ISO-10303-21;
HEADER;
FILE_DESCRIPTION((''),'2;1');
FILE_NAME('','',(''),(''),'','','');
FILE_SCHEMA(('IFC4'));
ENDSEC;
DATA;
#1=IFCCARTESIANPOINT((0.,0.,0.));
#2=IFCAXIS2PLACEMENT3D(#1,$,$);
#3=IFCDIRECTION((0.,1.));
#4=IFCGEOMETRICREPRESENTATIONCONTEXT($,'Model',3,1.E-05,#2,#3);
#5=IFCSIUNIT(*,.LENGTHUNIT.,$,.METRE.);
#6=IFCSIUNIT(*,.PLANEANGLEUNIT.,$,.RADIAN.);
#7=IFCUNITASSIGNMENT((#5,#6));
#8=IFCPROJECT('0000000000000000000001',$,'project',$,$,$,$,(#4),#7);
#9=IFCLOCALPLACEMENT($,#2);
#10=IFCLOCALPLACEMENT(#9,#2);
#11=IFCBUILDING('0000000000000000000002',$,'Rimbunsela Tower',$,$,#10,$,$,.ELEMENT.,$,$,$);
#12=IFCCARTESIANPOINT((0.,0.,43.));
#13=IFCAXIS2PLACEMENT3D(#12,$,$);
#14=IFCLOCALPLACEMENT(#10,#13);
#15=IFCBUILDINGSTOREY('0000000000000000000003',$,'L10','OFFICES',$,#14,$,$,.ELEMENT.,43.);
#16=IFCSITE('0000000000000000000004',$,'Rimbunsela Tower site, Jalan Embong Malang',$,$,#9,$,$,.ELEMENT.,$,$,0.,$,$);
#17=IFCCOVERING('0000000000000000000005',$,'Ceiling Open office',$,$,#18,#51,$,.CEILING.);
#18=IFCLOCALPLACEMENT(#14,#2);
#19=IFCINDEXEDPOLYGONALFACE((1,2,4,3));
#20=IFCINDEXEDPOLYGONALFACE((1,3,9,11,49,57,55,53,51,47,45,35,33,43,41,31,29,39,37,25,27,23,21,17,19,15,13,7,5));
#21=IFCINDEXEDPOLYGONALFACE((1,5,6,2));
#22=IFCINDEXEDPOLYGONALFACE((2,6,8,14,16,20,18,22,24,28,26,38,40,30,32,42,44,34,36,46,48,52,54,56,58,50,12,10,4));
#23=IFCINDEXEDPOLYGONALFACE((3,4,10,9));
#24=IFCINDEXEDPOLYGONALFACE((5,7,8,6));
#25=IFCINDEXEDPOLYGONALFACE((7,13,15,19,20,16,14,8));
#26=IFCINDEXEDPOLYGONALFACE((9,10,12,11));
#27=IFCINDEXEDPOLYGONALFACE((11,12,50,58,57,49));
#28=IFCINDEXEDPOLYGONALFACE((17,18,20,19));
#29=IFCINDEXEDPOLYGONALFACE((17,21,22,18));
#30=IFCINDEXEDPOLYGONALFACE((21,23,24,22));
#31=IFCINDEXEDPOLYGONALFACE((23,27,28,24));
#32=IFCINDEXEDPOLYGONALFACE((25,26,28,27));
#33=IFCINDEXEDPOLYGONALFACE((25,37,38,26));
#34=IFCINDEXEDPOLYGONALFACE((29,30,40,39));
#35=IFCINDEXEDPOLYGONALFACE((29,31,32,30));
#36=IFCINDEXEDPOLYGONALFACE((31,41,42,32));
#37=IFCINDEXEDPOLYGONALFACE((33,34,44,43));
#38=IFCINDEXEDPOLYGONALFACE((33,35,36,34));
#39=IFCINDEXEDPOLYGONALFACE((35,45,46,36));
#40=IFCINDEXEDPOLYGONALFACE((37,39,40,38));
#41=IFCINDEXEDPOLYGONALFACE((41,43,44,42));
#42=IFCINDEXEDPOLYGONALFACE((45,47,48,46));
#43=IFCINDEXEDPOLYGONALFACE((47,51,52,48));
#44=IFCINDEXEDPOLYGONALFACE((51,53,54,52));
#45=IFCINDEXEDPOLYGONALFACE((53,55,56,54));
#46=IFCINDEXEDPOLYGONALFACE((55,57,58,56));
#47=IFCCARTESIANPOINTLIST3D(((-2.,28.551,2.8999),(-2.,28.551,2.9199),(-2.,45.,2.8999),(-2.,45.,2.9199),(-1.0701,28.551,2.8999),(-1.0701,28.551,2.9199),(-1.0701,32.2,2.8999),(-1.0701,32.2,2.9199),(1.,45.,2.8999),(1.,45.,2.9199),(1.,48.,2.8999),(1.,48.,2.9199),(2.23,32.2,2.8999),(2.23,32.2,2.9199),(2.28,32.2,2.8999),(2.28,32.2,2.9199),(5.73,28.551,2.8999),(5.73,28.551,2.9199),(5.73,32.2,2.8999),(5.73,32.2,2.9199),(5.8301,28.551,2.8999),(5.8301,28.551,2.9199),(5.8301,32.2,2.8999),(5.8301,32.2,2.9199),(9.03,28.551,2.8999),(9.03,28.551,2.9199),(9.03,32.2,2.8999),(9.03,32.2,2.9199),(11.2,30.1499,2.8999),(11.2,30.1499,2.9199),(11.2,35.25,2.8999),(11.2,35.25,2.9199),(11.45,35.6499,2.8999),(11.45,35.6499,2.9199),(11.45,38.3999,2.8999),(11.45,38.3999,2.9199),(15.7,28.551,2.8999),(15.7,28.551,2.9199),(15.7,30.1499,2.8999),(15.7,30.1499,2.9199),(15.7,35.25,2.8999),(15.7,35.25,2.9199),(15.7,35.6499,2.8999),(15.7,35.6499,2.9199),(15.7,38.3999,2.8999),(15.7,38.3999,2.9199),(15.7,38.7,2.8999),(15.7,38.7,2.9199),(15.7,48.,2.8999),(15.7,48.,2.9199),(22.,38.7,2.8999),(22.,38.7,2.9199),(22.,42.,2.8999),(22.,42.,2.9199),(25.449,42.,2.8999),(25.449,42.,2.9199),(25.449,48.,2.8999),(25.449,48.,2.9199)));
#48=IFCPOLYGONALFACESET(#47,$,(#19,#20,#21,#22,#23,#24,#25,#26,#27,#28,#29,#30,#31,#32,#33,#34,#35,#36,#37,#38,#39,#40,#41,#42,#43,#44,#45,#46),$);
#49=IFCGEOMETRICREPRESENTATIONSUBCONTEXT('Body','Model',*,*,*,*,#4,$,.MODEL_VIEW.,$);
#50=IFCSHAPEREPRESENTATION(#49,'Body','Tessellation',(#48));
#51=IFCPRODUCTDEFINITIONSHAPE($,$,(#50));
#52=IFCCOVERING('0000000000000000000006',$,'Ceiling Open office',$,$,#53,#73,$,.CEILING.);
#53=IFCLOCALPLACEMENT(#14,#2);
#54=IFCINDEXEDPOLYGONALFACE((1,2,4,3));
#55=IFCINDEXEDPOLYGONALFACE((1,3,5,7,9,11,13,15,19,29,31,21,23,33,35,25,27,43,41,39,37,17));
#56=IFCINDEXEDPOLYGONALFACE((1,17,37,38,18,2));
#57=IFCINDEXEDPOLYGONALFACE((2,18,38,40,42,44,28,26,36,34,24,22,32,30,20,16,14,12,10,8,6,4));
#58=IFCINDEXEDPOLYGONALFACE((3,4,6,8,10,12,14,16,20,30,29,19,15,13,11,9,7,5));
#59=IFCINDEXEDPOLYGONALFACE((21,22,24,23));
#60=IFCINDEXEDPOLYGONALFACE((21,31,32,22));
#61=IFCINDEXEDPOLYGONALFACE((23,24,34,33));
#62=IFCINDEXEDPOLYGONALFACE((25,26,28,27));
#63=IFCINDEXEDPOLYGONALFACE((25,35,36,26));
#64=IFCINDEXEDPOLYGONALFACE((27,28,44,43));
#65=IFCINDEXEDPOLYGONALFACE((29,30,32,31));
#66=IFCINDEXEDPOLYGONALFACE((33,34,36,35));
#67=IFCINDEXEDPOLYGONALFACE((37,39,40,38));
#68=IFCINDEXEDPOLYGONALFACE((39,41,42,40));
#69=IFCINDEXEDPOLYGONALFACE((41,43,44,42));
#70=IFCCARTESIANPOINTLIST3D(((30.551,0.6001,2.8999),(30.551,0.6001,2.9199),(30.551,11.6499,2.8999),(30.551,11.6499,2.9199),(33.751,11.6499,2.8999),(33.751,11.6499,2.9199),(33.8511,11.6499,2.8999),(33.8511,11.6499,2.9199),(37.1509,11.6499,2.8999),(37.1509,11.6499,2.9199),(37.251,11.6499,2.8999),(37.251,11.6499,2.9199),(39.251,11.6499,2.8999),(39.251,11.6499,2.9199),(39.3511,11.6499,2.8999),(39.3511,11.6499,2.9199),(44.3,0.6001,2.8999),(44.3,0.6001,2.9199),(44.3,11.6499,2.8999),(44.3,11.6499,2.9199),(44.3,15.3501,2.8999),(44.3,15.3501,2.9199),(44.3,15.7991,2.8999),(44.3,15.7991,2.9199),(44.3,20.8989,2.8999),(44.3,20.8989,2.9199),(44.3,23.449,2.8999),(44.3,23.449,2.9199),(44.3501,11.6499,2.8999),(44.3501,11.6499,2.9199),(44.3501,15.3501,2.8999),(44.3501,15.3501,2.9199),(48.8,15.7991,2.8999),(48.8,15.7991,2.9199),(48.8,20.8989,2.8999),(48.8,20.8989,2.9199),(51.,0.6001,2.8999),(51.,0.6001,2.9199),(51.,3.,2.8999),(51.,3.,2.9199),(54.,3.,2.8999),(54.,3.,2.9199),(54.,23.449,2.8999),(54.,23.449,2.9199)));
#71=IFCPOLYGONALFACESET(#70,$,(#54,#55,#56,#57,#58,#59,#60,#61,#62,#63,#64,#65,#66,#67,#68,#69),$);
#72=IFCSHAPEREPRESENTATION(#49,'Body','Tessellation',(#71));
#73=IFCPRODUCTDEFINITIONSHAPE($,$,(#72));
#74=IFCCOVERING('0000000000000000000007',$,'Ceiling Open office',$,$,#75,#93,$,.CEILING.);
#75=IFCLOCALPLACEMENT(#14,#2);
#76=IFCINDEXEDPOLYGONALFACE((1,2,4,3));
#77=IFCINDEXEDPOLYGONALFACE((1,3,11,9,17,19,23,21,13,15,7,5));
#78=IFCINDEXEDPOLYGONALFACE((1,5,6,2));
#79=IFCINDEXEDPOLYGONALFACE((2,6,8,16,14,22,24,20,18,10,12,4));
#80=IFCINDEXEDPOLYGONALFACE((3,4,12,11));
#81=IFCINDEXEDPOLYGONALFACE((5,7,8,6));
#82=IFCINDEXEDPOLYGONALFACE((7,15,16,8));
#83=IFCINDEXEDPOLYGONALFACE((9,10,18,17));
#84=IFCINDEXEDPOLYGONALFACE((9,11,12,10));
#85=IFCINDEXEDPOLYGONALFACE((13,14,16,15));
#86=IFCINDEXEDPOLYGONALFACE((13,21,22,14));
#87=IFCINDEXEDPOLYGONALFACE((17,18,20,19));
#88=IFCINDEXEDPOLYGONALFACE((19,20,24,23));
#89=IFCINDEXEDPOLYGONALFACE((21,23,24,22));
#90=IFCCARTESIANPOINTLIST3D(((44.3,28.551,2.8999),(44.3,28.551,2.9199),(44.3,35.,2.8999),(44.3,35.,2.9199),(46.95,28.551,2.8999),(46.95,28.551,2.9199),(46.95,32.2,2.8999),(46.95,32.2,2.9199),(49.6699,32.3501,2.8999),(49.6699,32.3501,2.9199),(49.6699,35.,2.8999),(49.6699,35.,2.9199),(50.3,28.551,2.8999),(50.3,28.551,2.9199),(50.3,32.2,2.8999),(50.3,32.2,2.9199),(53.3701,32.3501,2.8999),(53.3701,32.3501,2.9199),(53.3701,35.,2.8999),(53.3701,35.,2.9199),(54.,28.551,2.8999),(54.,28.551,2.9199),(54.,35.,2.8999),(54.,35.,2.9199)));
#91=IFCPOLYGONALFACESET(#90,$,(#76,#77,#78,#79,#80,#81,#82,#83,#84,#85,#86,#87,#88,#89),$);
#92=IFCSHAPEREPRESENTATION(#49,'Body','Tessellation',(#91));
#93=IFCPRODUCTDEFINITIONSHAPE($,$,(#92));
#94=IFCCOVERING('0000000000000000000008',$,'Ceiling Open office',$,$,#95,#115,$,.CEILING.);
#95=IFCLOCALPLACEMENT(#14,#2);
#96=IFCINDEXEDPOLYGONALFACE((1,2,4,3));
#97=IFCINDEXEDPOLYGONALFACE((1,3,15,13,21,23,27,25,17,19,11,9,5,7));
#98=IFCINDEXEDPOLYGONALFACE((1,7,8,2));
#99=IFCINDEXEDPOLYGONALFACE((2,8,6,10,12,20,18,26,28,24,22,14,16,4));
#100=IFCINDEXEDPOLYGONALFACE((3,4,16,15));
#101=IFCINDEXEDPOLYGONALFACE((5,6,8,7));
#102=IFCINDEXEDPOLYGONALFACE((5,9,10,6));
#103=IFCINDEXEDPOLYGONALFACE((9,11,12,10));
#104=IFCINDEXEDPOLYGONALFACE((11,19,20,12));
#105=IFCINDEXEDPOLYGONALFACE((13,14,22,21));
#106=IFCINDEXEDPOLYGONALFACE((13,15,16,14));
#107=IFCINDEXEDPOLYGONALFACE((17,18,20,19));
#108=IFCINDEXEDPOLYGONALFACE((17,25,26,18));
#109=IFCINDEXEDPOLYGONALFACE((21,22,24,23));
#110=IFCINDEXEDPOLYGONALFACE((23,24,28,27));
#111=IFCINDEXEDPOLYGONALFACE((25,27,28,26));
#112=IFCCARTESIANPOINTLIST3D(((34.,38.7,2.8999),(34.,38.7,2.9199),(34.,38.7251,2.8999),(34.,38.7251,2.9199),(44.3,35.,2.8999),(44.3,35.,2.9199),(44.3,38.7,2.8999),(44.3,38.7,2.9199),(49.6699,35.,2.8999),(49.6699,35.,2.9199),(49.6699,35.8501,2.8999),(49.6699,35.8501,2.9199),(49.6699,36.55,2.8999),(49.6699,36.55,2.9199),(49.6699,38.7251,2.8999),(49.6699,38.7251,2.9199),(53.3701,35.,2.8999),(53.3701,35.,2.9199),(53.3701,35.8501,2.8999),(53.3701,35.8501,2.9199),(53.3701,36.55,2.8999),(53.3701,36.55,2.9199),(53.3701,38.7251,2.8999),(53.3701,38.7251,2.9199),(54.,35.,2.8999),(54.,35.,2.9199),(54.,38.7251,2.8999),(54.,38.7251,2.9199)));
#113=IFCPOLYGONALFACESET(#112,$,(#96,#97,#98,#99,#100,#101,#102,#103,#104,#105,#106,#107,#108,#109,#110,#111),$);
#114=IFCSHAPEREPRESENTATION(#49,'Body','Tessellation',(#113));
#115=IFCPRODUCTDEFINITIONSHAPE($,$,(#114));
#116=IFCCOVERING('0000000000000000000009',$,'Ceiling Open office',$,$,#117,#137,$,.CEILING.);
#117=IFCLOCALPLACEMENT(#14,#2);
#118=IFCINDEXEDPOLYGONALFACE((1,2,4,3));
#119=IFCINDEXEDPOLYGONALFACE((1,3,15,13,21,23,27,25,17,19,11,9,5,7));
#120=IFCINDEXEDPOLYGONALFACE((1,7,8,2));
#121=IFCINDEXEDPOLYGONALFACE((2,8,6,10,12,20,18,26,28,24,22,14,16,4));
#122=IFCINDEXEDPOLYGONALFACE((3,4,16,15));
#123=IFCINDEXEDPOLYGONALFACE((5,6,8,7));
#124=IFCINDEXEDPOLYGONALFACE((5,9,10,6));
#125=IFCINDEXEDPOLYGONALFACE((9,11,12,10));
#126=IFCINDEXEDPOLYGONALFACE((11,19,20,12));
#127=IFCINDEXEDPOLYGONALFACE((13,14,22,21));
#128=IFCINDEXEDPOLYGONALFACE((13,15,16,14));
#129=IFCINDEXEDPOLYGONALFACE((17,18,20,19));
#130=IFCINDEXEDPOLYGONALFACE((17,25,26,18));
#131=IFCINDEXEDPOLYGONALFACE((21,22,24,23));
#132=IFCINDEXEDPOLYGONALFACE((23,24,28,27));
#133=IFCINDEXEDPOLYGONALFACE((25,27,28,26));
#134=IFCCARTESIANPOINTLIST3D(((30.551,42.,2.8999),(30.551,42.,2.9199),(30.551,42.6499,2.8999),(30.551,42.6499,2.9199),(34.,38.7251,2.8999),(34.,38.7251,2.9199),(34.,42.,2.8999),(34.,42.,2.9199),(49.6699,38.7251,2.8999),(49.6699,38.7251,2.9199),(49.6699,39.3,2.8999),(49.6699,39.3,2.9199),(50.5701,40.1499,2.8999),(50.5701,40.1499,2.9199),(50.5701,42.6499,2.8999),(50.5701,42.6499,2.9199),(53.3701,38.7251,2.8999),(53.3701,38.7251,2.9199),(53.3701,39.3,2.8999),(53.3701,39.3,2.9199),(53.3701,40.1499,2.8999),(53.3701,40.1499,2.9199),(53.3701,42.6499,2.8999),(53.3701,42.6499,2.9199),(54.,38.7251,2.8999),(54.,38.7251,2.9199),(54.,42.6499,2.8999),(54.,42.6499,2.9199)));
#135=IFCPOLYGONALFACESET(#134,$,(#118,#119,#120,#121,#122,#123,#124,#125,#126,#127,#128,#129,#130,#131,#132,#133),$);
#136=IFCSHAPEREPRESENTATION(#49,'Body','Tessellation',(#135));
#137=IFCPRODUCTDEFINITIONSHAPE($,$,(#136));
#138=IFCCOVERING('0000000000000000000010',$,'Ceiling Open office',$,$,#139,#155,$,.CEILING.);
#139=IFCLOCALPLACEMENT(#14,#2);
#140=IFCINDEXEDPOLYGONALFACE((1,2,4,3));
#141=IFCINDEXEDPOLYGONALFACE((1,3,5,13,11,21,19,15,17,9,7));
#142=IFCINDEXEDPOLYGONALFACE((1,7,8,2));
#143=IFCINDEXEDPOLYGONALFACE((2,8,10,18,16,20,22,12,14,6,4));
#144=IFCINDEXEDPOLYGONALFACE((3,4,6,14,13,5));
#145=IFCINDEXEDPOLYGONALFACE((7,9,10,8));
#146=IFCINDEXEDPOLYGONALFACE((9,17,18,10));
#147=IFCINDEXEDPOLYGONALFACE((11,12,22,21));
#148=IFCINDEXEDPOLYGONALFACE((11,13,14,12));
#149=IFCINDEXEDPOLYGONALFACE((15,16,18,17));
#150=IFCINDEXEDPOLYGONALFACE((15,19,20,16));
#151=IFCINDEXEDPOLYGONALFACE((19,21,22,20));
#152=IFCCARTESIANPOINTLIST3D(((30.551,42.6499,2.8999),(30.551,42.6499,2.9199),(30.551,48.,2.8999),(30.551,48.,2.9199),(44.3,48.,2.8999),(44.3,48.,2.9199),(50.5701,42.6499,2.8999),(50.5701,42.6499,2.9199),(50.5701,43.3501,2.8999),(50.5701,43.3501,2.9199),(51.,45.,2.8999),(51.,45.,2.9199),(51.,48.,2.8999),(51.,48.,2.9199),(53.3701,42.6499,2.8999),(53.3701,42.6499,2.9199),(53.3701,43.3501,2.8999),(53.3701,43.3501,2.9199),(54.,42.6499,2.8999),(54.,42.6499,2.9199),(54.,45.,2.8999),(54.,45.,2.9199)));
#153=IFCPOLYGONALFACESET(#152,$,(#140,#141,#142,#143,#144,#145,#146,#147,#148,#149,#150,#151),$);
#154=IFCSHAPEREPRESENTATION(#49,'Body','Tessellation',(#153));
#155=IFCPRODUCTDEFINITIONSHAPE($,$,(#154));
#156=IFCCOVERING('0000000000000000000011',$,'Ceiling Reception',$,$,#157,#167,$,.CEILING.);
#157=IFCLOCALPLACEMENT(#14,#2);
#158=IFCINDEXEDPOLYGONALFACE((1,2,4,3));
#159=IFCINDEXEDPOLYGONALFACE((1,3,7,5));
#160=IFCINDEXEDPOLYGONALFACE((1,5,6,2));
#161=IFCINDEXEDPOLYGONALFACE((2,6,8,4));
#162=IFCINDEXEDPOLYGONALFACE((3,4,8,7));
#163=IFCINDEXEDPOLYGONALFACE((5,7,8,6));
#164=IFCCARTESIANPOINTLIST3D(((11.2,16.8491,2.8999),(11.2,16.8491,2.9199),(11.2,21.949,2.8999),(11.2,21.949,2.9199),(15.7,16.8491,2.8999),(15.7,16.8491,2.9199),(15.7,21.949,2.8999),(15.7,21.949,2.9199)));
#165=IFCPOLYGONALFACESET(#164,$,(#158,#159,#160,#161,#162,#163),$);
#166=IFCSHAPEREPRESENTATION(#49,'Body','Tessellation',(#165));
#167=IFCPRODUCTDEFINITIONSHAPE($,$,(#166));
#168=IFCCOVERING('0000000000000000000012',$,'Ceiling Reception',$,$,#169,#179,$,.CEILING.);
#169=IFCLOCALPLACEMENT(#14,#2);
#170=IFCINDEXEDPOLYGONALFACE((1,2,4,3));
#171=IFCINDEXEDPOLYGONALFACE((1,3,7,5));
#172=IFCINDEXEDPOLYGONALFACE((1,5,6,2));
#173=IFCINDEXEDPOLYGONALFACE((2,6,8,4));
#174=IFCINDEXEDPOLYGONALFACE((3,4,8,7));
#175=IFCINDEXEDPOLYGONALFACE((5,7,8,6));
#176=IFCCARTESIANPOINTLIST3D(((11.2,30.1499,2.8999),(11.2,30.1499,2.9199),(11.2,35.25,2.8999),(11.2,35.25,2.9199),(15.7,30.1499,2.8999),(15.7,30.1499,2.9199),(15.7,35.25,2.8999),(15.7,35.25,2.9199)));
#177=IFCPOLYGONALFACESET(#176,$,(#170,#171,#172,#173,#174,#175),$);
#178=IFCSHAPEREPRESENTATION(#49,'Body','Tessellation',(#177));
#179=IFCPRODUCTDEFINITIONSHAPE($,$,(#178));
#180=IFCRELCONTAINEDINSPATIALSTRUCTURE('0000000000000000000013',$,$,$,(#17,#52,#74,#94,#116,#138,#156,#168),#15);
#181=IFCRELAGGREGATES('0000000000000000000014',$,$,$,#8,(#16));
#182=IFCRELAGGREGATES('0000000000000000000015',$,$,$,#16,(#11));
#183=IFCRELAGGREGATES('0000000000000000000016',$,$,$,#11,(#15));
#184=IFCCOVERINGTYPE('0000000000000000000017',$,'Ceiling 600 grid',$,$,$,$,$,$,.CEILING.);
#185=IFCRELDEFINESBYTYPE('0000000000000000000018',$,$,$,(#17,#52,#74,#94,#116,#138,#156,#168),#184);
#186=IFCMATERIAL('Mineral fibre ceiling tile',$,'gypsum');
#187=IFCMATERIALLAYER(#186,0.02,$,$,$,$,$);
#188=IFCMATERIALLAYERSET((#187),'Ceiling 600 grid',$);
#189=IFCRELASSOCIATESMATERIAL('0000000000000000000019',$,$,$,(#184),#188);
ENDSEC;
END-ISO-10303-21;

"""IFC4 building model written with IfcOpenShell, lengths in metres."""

from ifc_helpers import new_model, si_unit, direction, frame, origin, place, context, subcontext, project, spatial, polyline, outline, extrude, material, layer, layer_set, type_object, element, save


model = new_model("IFC4")

# Units and contexts
model_context = context("Model", 3, precision=1e-05, world=origin(), true_north=direction((0.0, 1.0)))
body_context = subcontext(model_context, "Body", "Model", "MODEL_VIEW")
ifc_project = project(units=[si_unit("LENGTHUNIT", "METRE"), si_unit("PLANEANGLEUNIT", "RADIAN")], contexts=[model_context])

# Site, building, storey
site_placement = place(None, origin())
site = spatial("IfcSite", under=ifc_project, at=site_placement, Name="Rimbunsela Tower site, Jalan Embong Malang", CompositionType="ELEMENT", RefElevation=0.0)
building_placement = place(site_placement, origin())
building = spatial("IfcBuilding", under=site, at=building_placement, Name="Rimbunsela Tower", CompositionType="ELEMENT")
storey_placement = place(building_placement, frame((0.0, 0.0, 43.0)))
storey = spatial("IfcBuildingStorey", under=building, at=storey_placement, Name="L10", Description="OFFICES", CompositionType="ELEMENT", Elevation=43.0)

# Coverings
ifc_material_1 = material(Name="Mineral fibre ceiling tile", Category="gypsum")
ifc_layer_1 = layer(ifc_material_1, 0.02)
ifc_layer_set_1 = layer_set([ifc_layer_1], Name="Ceiling 600 grid")
covering_type_1 = type_object("IfcCoveringType", Name="Ceiling 600 grid", PredefinedType="CEILING", material=ifc_layer_set_1)
covering_1_placement = place(storey_placement, frame((0.0, 0.0, 2.8999)))
element("IfcCovering", 1, at=covering_1_placement, inside=storey, type_object=covering_type_1, Name="Ceiling Open office", PredefinedType="CEILING", context=body_context, shape_type="SweptSolid", body=[
    extrude(outline(polyline([(11.45, 35.6499), (15.7, 35.6499), (15.7, 35.25), (11.2, 35.25), (11.2, 30.1499), (15.7, 30.1499), (15.7, 28.551), (9.03, 28.551), (9.03, 32.2), (5.8301, 32.2), (5.8301, 28.551), (5.73, 28.551), (5.73, 32.2), (2.28, 32.2), (2.23, 32.2), (-1.0701, 32.2), (-1.0701, 28.551), (-2.0, 28.551), (-2.0, 45.0), (1.0, 45.0), (1.0, 48.0), (15.7, 48.0), (25.449, 48.0), (25.449, 42.0), (22.0, 42.0), (22.0, 38.7), (15.7, 38.7), (15.7, 38.3999), (11.45, 38.3999), (11.45, 35.6499)])), origin(), (0.0, 0.0, 1.0), 0.02),
])
covering_2_placement = place(storey_placement, frame((0.0, 0.0, 2.8999)))
element("IfcCovering", 2, at=covering_2_placement, inside=storey, type_object=covering_type_1, Name="Ceiling Open office", PredefinedType="CEILING", context=body_context, shape_type="SweptSolid", body=[
    extrude(outline(polyline([(33.8511, 11.6499), (37.1509, 11.6499), (37.251, 11.6499), (39.251, 11.6499), (39.3511, 11.6499), (44.3, 11.6499), (44.3501, 11.6499), (44.3501, 15.3501), (44.3, 15.3501), (44.3, 15.7991), (48.8, 15.7991), (48.8, 20.8989), (44.3, 20.8989), (44.3, 23.449), (54.0, 23.449), (54.0, 3.0), (51.0, 3.0), (51.0, 0.6001), (44.3, 0.6001), (30.551, 0.6001), (30.551, 11.6499), (33.751, 11.6499), (33.8511, 11.6499)])), origin(), (0.0, 0.0, 1.0), 0.02),
])
covering_3_placement = place(storey_placement, frame((0.0, 0.0, 2.8999)))
element("IfcCovering", 3, at=covering_3_placement, inside=storey, type_object=covering_type_1, Name="Ceiling Open office", PredefinedType="CEILING", context=body_context, shape_type="SweptSolid", body=[
    extrude(outline(polyline([(46.95, 32.2), (46.95, 28.551), (44.3, 28.551), (44.3, 35.0), (49.6699, 35.0), (49.6699, 32.3501), (53.3701, 32.3501), (53.3701, 35.0), (54.0, 35.0), (54.0, 28.551), (50.3, 28.551), (50.3, 32.2), (46.95, 32.2)])), origin(), (0.0, 0.0, 1.0), 0.02),
])
covering_4_placement = place(storey_placement, frame((0.0, 0.0, 2.8999)))
element("IfcCovering", 4, at=covering_4_placement, inside=storey, type_object=covering_type_1, Name="Ceiling Open office", PredefinedType="CEILING", context=body_context, shape_type="SweptSolid", body=[
    extrude(outline(polyline([(44.3, 35.0), (44.3, 38.7), (34.0, 38.7), (34.0, 38.7251), (49.6699, 38.7251), (49.6699, 36.55), (53.3701, 36.55), (53.3701, 38.7251), (54.0, 38.7251), (54.0, 35.0), (53.3701, 35.0), (53.3701, 35.8501), (49.6699, 35.8501), (49.6699, 35.0), (44.3, 35.0)])), origin(), (0.0, 0.0, 1.0), 0.02),
])
covering_5_placement = place(storey_placement, frame((0.0, 0.0, 2.8999)))
element("IfcCovering", 5, at=covering_5_placement, inside=storey, type_object=covering_type_1, Name="Ceiling Open office", PredefinedType="CEILING", context=body_context, shape_type="SweptSolid", body=[
    extrude(outline(polyline([(34.0, 38.7251), (34.0, 42.0), (30.551, 42.0), (30.551, 42.6499), (50.5701, 42.6499), (50.5701, 40.1499), (53.3701, 40.1499), (53.3701, 42.6499), (54.0, 42.6499), (54.0, 38.7251), (53.3701, 38.7251), (53.3701, 39.3), (49.6699, 39.3), (49.6699, 38.7251), (34.0, 38.7251)])), origin(), (0.0, 0.0, 1.0), 0.02),
])
covering_6_placement = place(storey_placement, frame((0.0, 0.0, 2.8999)))
element("IfcCovering", 6, at=covering_6_placement, inside=storey, type_object=covering_type_1, Name="Ceiling Open office", PredefinedType="CEILING", context=body_context, shape_type="SweptSolid", body=[
    extrude(outline(polyline([(30.551, 42.6499), (30.551, 48.0), (44.3, 48.0), (51.0, 48.0), (51.0, 45.0), (54.0, 45.0), (54.0, 42.6499), (53.3701, 42.6499), (53.3701, 43.3501), (50.5701, 43.3501), (50.5701, 42.6499), (30.551, 42.6499)])), origin(), (0.0, 0.0, 1.0), 0.02),
])
covering_7_placement = place(storey_placement, frame((0.0, 0.0, 2.8999)))
element("IfcCovering", 7, at=covering_7_placement, inside=storey, type_object=covering_type_1, Name="Ceiling Reception", PredefinedType="CEILING", context=body_context, shape_type="SweptSolid", body=[
    extrude(outline(polyline([(15.7, 16.8491), (15.7, 21.949), (11.2, 21.949), (11.2, 16.8491), (15.7, 16.8491)])), origin(), (0.0, 0.0, 1.0), 0.02),
])
covering_8_placement = place(storey_placement, frame((0.0, 0.0, 2.8999)))
element("IfcCovering", 8, at=covering_8_placement, inside=storey, type_object=covering_type_1, Name="Ceiling Reception", PredefinedType="CEILING", context=body_context, shape_type="SweptSolid", body=[
    extrude(outline(polyline([(15.7, 30.1499), (15.7, 35.25), (11.2, 35.25), (11.2, 30.1499), (15.7, 30.1499)])), origin(), (0.0, 0.0, 1.0), 0.02),
])

save(model, "model.ifc")
